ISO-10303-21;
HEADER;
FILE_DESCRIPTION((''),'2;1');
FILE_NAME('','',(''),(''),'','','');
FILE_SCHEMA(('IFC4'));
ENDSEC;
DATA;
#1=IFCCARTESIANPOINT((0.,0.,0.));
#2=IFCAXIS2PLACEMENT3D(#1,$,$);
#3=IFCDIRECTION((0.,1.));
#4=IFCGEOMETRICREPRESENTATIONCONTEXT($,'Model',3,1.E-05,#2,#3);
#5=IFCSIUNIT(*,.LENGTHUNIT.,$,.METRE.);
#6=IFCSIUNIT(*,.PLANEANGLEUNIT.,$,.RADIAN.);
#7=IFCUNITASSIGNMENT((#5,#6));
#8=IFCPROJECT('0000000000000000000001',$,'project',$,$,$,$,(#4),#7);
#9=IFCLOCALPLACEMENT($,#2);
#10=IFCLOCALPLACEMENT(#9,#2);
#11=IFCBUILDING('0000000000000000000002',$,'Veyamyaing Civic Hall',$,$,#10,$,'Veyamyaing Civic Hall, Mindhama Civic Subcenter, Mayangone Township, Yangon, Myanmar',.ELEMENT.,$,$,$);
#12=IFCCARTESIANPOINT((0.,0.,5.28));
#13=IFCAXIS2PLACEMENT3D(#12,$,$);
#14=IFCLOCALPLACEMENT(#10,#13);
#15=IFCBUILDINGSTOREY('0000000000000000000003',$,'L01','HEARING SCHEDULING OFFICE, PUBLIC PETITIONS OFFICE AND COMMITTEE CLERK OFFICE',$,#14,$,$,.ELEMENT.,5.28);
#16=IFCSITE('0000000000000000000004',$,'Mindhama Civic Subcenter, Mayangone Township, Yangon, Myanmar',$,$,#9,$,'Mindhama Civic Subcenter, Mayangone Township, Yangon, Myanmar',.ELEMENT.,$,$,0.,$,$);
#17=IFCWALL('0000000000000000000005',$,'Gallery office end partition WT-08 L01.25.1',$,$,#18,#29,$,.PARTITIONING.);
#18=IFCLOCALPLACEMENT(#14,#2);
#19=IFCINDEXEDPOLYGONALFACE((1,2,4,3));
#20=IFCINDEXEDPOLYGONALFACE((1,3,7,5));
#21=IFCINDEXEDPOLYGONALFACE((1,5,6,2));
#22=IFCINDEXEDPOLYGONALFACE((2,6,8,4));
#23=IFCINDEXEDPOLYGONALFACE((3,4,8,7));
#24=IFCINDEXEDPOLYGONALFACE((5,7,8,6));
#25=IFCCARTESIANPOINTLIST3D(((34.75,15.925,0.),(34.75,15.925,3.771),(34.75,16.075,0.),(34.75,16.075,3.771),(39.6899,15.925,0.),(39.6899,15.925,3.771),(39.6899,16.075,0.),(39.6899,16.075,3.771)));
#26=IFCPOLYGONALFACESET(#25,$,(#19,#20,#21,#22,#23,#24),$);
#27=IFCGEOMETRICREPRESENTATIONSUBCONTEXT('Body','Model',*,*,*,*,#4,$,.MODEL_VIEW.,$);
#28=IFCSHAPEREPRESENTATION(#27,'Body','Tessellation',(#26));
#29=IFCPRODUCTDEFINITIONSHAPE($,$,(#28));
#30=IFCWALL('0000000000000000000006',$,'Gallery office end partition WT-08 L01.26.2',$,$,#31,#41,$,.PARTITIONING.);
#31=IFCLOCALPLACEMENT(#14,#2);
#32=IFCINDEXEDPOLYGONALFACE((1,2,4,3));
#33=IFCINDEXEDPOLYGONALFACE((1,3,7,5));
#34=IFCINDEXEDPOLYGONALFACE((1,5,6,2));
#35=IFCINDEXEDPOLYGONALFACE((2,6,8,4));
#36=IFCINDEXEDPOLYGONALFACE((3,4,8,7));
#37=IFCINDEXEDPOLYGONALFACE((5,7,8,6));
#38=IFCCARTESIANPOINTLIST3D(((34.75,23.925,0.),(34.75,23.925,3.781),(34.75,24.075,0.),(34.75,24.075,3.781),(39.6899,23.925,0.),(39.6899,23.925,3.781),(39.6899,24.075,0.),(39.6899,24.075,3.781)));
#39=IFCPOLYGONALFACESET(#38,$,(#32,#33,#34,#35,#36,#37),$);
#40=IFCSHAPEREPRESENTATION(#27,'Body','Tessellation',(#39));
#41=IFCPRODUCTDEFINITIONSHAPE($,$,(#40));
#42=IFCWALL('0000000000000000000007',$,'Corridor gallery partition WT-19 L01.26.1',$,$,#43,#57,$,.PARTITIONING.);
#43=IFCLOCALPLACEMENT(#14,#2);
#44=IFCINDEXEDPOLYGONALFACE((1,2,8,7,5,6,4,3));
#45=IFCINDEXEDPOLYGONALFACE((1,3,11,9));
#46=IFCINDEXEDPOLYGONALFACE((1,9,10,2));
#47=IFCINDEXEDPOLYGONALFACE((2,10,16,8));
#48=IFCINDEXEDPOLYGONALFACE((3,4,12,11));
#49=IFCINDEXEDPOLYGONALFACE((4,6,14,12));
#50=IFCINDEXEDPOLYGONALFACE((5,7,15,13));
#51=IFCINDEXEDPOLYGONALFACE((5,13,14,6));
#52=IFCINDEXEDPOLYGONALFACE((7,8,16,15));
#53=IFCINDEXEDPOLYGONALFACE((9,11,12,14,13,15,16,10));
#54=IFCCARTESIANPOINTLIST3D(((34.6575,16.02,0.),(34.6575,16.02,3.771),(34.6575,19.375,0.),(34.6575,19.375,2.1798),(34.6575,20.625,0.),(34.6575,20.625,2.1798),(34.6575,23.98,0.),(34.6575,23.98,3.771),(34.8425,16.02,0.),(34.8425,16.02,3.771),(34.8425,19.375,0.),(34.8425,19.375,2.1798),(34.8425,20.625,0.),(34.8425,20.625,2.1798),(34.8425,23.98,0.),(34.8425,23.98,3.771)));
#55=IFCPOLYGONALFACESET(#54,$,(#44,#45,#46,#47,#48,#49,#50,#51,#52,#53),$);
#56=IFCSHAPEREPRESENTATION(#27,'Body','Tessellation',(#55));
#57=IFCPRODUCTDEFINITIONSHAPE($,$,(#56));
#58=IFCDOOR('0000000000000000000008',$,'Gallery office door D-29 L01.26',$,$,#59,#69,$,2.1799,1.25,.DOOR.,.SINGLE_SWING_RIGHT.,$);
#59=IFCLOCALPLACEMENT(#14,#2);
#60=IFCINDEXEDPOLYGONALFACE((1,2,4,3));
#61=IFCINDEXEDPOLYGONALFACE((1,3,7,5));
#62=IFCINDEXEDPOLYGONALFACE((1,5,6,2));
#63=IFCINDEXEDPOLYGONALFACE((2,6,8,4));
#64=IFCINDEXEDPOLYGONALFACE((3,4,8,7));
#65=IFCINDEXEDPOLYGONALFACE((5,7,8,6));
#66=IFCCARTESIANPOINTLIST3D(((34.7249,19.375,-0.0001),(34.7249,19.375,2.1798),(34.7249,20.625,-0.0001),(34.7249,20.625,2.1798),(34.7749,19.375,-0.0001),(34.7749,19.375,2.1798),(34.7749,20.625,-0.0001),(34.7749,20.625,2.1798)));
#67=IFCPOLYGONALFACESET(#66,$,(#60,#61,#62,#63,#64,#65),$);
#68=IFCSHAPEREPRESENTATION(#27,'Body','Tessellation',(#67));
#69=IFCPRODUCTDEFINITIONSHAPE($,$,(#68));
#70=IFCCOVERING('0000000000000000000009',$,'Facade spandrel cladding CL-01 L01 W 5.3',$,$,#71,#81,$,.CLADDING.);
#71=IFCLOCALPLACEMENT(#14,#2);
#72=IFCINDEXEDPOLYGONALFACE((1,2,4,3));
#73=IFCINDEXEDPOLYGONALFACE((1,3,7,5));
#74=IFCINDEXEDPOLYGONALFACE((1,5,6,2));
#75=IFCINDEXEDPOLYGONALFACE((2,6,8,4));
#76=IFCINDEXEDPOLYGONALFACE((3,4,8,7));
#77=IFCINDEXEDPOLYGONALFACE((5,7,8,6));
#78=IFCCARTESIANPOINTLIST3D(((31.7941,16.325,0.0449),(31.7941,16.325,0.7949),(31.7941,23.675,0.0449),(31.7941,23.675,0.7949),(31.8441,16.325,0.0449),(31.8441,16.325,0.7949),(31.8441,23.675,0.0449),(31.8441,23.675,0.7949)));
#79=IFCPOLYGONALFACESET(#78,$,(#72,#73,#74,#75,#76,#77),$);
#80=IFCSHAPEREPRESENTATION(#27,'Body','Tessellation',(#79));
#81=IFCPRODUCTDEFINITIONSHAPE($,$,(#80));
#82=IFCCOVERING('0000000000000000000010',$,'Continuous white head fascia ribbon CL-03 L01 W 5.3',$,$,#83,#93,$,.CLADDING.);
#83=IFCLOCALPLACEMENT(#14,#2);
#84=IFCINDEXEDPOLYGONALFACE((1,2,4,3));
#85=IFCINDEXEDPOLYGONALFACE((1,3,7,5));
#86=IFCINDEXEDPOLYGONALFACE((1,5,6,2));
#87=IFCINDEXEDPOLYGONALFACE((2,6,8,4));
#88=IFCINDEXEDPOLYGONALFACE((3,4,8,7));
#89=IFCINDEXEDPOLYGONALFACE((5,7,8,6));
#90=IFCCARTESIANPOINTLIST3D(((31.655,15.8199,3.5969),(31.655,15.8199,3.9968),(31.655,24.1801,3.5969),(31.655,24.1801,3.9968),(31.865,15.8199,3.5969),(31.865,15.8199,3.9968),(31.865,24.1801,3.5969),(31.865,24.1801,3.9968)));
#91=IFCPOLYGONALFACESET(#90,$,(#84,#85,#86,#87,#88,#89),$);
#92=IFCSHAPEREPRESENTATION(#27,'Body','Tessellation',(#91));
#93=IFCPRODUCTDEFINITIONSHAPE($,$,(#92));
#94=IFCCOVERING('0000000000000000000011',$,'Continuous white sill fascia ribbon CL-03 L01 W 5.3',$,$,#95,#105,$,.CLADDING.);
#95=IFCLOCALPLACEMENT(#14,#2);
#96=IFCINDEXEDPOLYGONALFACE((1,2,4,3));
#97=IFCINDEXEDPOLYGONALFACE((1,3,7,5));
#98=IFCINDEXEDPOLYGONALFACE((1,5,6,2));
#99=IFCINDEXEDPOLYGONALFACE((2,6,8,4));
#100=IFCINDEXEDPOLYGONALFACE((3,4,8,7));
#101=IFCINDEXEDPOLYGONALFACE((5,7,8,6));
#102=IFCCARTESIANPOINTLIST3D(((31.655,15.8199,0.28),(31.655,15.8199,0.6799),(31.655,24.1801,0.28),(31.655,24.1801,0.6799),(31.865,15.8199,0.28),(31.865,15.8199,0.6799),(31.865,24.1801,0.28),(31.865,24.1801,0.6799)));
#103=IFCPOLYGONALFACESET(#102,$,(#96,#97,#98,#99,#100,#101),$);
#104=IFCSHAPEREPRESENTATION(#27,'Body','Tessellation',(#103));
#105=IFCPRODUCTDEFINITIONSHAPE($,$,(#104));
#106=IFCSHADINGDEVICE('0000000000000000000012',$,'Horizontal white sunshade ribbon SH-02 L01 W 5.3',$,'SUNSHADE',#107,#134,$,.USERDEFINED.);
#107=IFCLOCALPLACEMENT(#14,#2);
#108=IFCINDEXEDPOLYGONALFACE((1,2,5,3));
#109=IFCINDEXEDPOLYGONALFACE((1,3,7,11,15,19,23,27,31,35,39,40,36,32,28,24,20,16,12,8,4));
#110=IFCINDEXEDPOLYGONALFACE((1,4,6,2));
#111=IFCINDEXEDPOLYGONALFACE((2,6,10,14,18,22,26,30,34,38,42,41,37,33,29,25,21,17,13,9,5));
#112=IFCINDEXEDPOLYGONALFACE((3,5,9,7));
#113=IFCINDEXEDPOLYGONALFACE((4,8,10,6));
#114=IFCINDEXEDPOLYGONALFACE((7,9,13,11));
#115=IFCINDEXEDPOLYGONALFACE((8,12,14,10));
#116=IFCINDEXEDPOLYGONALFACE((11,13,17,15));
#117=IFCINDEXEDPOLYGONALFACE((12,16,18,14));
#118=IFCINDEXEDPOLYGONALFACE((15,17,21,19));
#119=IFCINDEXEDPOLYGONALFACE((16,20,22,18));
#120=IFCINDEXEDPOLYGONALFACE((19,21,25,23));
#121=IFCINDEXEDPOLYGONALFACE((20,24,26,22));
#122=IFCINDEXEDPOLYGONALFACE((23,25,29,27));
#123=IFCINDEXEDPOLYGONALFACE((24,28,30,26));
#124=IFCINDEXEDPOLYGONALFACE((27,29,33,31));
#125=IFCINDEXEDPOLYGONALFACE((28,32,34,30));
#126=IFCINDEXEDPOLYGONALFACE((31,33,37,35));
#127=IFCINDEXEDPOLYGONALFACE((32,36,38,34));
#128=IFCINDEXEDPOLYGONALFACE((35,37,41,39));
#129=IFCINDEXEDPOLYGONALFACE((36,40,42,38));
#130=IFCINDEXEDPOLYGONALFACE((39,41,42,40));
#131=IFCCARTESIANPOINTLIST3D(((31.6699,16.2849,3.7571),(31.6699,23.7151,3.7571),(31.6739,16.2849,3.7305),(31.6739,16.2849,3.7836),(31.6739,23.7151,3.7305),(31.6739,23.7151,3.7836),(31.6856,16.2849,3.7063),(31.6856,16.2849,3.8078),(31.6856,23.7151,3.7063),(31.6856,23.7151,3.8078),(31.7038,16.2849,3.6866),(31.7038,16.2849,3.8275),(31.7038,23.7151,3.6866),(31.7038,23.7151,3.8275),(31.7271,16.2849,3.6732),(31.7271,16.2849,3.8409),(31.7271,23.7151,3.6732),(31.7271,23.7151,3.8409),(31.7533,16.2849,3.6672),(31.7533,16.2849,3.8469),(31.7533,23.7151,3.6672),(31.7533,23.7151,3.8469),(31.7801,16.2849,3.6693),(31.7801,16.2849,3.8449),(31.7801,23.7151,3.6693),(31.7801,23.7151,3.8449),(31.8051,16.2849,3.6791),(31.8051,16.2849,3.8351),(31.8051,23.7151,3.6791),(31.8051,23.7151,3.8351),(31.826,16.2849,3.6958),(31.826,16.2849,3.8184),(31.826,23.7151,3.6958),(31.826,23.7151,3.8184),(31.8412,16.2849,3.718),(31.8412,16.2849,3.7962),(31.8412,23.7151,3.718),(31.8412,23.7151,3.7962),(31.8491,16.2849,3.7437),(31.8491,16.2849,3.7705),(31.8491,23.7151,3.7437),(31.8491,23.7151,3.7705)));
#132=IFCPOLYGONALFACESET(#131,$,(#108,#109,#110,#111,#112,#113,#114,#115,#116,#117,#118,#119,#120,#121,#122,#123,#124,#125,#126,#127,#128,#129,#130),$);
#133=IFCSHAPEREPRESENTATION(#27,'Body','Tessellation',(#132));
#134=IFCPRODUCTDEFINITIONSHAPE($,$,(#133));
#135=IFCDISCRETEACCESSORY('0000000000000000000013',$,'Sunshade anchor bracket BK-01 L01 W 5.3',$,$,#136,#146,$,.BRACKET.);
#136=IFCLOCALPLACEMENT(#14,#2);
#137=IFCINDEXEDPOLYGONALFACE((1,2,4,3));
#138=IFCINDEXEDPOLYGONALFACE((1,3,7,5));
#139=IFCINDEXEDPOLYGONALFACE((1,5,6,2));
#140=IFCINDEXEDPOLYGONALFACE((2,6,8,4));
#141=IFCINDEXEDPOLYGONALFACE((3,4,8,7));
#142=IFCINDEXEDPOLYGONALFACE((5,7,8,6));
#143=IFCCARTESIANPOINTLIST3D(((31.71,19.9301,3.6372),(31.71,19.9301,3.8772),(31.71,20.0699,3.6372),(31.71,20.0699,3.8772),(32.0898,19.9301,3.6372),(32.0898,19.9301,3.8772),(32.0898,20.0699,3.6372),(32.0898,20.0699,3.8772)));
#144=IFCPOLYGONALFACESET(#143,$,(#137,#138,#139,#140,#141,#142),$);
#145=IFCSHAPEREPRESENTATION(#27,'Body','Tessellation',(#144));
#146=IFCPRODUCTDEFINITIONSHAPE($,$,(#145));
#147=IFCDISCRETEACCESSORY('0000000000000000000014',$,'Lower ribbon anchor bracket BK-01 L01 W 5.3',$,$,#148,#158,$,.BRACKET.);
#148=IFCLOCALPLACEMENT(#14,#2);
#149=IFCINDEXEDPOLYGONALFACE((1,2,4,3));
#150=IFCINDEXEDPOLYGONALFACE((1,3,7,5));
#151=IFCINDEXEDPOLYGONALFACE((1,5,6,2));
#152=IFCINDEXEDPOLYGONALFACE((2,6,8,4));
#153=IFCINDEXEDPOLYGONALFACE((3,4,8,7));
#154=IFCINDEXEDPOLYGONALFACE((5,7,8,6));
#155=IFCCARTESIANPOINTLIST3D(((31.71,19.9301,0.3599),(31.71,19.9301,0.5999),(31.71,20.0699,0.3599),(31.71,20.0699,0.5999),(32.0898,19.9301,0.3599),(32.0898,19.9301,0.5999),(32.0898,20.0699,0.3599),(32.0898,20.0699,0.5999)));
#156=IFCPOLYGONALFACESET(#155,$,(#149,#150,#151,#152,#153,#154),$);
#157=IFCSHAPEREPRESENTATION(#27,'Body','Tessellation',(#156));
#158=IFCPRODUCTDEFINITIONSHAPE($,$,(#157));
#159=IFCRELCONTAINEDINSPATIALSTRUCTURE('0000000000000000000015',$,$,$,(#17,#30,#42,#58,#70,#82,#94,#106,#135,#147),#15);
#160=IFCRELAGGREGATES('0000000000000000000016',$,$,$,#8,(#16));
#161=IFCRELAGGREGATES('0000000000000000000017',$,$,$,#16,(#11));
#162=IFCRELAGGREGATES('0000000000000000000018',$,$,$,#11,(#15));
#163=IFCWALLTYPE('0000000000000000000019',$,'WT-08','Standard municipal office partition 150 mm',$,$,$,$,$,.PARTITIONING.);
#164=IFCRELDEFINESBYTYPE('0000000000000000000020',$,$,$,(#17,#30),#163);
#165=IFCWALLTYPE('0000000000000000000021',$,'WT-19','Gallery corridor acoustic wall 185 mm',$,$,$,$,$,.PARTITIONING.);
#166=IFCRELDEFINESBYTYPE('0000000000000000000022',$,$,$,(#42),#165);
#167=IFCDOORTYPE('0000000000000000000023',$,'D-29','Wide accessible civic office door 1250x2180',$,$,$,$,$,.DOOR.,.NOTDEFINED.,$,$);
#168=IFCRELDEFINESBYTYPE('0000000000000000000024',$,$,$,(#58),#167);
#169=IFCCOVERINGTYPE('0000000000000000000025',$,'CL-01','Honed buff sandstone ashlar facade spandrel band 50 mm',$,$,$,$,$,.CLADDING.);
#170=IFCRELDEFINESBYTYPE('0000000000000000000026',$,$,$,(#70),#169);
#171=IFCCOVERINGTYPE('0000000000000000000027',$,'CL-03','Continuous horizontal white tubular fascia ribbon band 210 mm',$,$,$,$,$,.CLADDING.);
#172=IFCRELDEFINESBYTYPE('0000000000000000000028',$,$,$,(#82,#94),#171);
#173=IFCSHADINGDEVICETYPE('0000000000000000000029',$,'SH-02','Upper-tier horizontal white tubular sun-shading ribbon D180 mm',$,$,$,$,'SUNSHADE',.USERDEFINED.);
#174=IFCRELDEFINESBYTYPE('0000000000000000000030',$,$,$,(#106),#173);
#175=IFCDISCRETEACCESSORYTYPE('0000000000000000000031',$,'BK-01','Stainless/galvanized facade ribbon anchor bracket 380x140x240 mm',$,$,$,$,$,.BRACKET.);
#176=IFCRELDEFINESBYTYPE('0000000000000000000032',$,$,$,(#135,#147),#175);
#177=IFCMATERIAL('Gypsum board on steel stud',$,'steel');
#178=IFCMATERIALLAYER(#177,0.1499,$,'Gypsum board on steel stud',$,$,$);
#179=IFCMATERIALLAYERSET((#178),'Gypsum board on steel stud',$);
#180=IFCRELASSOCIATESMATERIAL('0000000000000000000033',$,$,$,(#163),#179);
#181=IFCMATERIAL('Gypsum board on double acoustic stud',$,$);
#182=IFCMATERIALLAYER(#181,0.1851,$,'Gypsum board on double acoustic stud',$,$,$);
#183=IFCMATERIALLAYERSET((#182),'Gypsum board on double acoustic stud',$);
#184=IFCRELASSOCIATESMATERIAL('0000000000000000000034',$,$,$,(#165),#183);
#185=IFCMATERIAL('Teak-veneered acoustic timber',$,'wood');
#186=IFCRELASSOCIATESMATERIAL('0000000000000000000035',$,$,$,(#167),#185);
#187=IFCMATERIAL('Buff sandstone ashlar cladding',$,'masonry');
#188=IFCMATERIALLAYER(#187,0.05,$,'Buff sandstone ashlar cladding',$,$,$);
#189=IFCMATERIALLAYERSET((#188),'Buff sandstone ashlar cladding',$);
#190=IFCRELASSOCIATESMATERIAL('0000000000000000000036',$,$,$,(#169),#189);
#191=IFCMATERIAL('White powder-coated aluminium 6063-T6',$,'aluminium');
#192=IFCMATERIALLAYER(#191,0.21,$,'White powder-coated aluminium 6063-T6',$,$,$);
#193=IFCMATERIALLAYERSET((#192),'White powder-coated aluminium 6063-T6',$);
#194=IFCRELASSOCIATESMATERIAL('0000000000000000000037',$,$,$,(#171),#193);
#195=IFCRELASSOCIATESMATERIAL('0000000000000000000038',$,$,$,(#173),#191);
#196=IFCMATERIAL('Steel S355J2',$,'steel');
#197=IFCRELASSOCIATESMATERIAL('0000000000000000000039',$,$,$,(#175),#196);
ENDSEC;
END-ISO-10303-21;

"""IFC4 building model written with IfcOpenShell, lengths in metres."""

from ifc_helpers import new_model, si_unit, direction, frame, frame_2d, origin, origin_2d, place, context, subcontext, project, spatial, rectangle, circle, extrude, material, layer, layer_set, material_profile, profile_set, type_object, element, fill, save


model = new_model("IFC4")

# Units and contexts
model_context = context("Model", 3, precision=1e-05, world=origin(), true_north=direction((0.0, 1.0)))
body_context = subcontext(model_context, "Body", "Model", "MODEL_VIEW")
ifc_project = project(units=[si_unit("LENGTHUNIT", "METRE"), si_unit("PLANEANGLEUNIT", "RADIAN")], contexts=[model_context])

# Site, building, storey
site_placement = place(None, origin())
site = spatial("IfcSite", under=ifc_project, at=site_placement, Name="Mindhama Civic Subcenter, Mayangone Township, Yangon, Myanmar", LongName="Mindhama Civic Subcenter, Mayangone Township, Yangon, Myanmar", CompositionType="ELEMENT", RefElevation=0.0)
building_placement = place(site_placement, origin())
building = spatial("IfcBuilding", under=site, at=building_placement, Name="Veyamyaing Civic Hall", LongName="Veyamyaing Civic Hall, Mindhama Civic Subcenter, Mayangone Township, Yangon, Myanmar", CompositionType="ELEMENT")
storey_placement = place(building_placement, frame((0.0, 0.0, 5.28)))
storey = spatial("IfcBuildingStorey", under=building, at=storey_placement, Name="L01", Description="HEARING SCHEDULING OFFICE, PUBLIC PETITIONS OFFICE AND COMMITTEE CLERK OFFICE", CompositionType="ELEMENT", Elevation=5.28)

# Shared definitions
ifc_material_1 = material(Name="Teak-veneered acoustic timber", Category="wood")

# Walls
ifc_material_2 = material(Name="Gypsum board on steel stud", Category="steel")
ifc_layer_1 = layer(ifc_material_2, 0.1499, Name="Gypsum board on steel stud")
ifc_layer_set_1 = layer_set([ifc_layer_1], Name="Gypsum board on steel stud")
wall_type_1 = type_object("IfcWallType", Name="WT-08", Description="Standard municipal office partition 150 mm", PredefinedType="PARTITIONING", material=ifc_layer_set_1)
wall_1_placement = place(storey_placement, frame((34.75, 16.0, 0.0), z_axis=(0.0, 0.0, 1.0), x_axis=(1.0, 0.0, 0.0)))
element("IfcWall", 1, at=wall_1_placement, inside=storey, type_object=wall_type_1, Name="Gallery office end partition WT-08 L01.25.1", PredefinedType="PARTITIONING", context=body_context, shape_type="SweptSolid", body=[
    extrude(rectangle(XDim=4.9399, YDim=0.1499, at=frame_2d((2.47, 0.0))), origin(), (0.0, 0.0, 1.0), 3.771),
])
wall_2_placement = place(storey_placement, frame((34.75, 24.0, 0.0), z_axis=(0.0, 0.0, 1.0), x_axis=(1.0, 0.0, 0.0)))
element("IfcWall", 2, at=wall_2_placement, inside=storey, type_object=wall_type_1, Name="Gallery office end partition WT-08 L01.26.2", PredefinedType="PARTITIONING", context=body_context, shape_type="SweptSolid", body=[
    extrude(rectangle(XDim=4.9399, YDim=0.1499, at=frame_2d((2.47, 0.0))), origin(), (0.0, 0.0, 1.0), 3.781),
])

# Wall, opening, door
ifc_material_3 = material(Name="Gypsum board on double acoustic stud")
ifc_layer_2 = layer(ifc_material_3, 0.1851, Name="Gypsum board on double acoustic stud")
ifc_layer_set_2 = layer_set([ifc_layer_2], Name="Gypsum board on double acoustic stud")
wall_type_2 = type_object("IfcWallType", Name="WT-19", Description="Gallery corridor acoustic wall 185 mm", PredefinedType="PARTITIONING", material=ifc_layer_set_2)
wall_3_placement = place(storey_placement, frame((34.75, 16.02, 0.0), z_axis=(0.0, 0.0, 1.0), x_axis=(0.0, 1.0, 0.0)))
wall_3 = element("IfcWall", 3, at=wall_3_placement, inside=storey, type_object=wall_type_2, Name="Corridor gallery partition WT-19 L01.26.1", PredefinedType="PARTITIONING", context=body_context, shape_type="SweptSolid", body=[
    extrude(rectangle(XDim=7.96, YDim=0.1851, at=frame_2d((3.98, 0.0))), origin(), (0.0, 0.0, 1.0), 3.771),
])
opening_1_placement = place(wall_3_placement, frame((3.355, 0.0, 0.0)))
opening_1 = element("IfcOpeningElement", 4, at=opening_1_placement, cuts=wall_3, PredefinedType="OPENING", context=body_context, shape_type="SweptSolid", body=[
    extrude(rectangle(XDim=1.25, YDim=2.1799, at=frame_2d((0.625, 1.0898))), frame((0.0, 0.1025, 0.0), z_axis=(0.0, -1.0, 0.0), x_axis=(1.0, 0.0, 0.0)), (0.0, 0.0, 1.0), 0.2051),
])
door_type_1 = type_object("IfcDoorType", Name="D-29", Description="Wide accessible civic office door 1250x2180", OperationType="NOTDEFINED", PredefinedType="DOOR", material=ifc_material_1)
door_1_placement = place(opening_1_placement, frame((1.25, 0.0, 0.0), z_axis=(0.0, 0.0, 1.0), x_axis=(-1.0, 0.0, 0.0)))
door_1 = element("IfcDoor", 5, at=door_1_placement, inside=storey, type_object=door_type_1, Name="Gallery office door D-29 L01.26", OperationType="SINGLE_SWING_RIGHT", OverallHeight=2.1799, OverallWidth=1.25, PredefinedType="DOOR", context=body_context, shape_type="SweptSolid", body=[
    extrude(rectangle(XDim=1.25, YDim=2.1799, at=frame_2d((0.625, 1.0898))), frame((0.0, 0.0249, 0.0), z_axis=(0.0, -1.0, 0.0), x_axis=(1.0, 0.0, 0.0)), (0.0, 0.0, 1.0), 0.05),
])
fill(opening_1, door_1)

# Coverings
ifc_material_4 = material(Name="Buff sandstone ashlar cladding", Category="masonry")
ifc_layer_3 = layer(ifc_material_4, 0.05, Name="Buff sandstone ashlar cladding")
ifc_layer_set_3 = layer_set([ifc_layer_3], Name="Buff sandstone ashlar cladding")
covering_type_1 = type_object("IfcCoveringType", Name="CL-01", Description="Honed buff sandstone ashlar facade spandrel band 50 mm", PredefinedType="CLADDING", material=ifc_layer_set_3)
covering_placement = place(storey_placement, frame((31.8191, 20.0, 0.0449), z_axis=(0.0, 0.0, 1.0), x_axis=(0.0, 1.0, 0.0)))
element("IfcCovering", 6, at=covering_placement, inside=storey, type_object=covering_type_1, Name="Facade spandrel cladding CL-01 L01 W 5.3", PredefinedType="CLADDING", context=body_context, shape_type="SweptSolid", body=[
    extrude(rectangle(XDim=7.3501, YDim=0.05, at=origin_2d()), origin(), (0.0, 0.0, 1.0), 0.75),
])
ifc_material_5 = material(Name="White powder-coated aluminium 6063-T6", Category="aluminium")
ifc_layer_4 = layer(ifc_material_5, 0.21, Name="White powder-coated aluminium 6063-T6")
ifc_layer_set_4 = layer_set([ifc_layer_4], Name="White powder-coated aluminium 6063-T6")
covering_type_2 = type_object("IfcCoveringType", Name="CL-03", Description="Continuous horizontal white tubular fascia ribbon band 210 mm", PredefinedType="CLADDING", material=ifc_layer_set_4)
for number, where, z_axis, x_axis, name in (
    (7, (31.76, 20.0, 3.5969), (0.0, 0.0, 1.0), (0.0, 1.0, 0.0), "Continuous white head fascia ribbon CL-03 L01 W 5.3"),
    (8, (31.76, 20.0, 0.28), (0.0, 0.0, 1.0), (0.0, 1.0, 0.0), "Continuous white sill fascia ribbon CL-03 L01 W 5.3"),
):
    element("IfcCovering", number, at=place(storey_placement, frame(where, z_axis=z_axis, x_axis=x_axis)), inside=storey, type_object=covering_type_2, Name=name, PredefinedType="CLADDING", context=body_context, shape_type="SweptSolid", body=[
        extrude(rectangle(XDim=8.3601, YDim=0.21, at=origin_2d()), origin(), (0.0, 0.0, 1.0), 0.3999),
    ])

# Shading device
ifc_material_profile_1 = material_profile(ifc_material_5, circle(Radius=0.0901, at=origin_2d()), Name="SHADE-TUBE-180")
ifc_profile_set_1 = profile_set([ifc_material_profile_1], Name="White powder-coated aluminium 6063-T6")
shading_device_type = type_object("IfcShadingDeviceType", Name="SH-02", Description="Upper-tier horizontal white tubular sun-shading ribbon D180 mm", ElementType="SUNSHADE", PredefinedType="USERDEFINED", material=ifc_profile_set_1)
shading_device_placement = place(storey_placement, frame((31.76, 16.2849, 3.7571), z_axis=(0.0, 1.0, 0.0), x_axis=(-1.0, 0.0, 0.0)))
element("IfcShadingDevice", 9, at=shading_device_placement, inside=storey, type_object=shading_device_type, Name="Horizontal white sunshade ribbon SH-02 L01 W 5.3", ObjectType="SUNSHADE", PredefinedType="USERDEFINED", context=body_context, shape_type="SweptSolid", body=[
    extrude(circle(Radius=0.0901, at=origin_2d()), origin(), (0.0, 0.0, 1.0), 7.4302),
])

# Discrete accessories
ifc_material_6 = material(Name="Steel S355J2", Category="steel")
discrete_accessory_type = type_object("IfcDiscreteAccessoryType", Name="BK-01", Description="Stainless/galvanized facade ribbon anchor bracket 380x140x240 mm", PredefinedType="BRACKET", material=ifc_material_6)
for number, where, z_axis, x_axis, name in (
    (10, (31.8999, 20.0, 3.6372), (0.0, 0.0, 1.0), (-1.0, 0.0, 0.0), "Sunshade anchor bracket BK-01 L01 W 5.3"),
    (11, (31.8999, 20.0, 0.3599), (0.0, 0.0, 1.0), (-1.0, 0.0, 0.0), "Lower ribbon anchor bracket BK-01 L01 W 5.3"),
):
    element("IfcDiscreteAccessory", number, at=place(storey_placement, frame(where, z_axis=z_axis, x_axis=x_axis)), inside=storey, type_object=discrete_accessory_type, Name=name, PredefinedType="BRACKET", context=body_context, shape_type="SweptSolid", body=[
        extrude(rectangle(XDim=0.3799, YDim=0.1399, at=origin_2d()), origin(), (0.0, 0.0, 1.0), 0.24),
    ])

save(model, "model.ifc")
